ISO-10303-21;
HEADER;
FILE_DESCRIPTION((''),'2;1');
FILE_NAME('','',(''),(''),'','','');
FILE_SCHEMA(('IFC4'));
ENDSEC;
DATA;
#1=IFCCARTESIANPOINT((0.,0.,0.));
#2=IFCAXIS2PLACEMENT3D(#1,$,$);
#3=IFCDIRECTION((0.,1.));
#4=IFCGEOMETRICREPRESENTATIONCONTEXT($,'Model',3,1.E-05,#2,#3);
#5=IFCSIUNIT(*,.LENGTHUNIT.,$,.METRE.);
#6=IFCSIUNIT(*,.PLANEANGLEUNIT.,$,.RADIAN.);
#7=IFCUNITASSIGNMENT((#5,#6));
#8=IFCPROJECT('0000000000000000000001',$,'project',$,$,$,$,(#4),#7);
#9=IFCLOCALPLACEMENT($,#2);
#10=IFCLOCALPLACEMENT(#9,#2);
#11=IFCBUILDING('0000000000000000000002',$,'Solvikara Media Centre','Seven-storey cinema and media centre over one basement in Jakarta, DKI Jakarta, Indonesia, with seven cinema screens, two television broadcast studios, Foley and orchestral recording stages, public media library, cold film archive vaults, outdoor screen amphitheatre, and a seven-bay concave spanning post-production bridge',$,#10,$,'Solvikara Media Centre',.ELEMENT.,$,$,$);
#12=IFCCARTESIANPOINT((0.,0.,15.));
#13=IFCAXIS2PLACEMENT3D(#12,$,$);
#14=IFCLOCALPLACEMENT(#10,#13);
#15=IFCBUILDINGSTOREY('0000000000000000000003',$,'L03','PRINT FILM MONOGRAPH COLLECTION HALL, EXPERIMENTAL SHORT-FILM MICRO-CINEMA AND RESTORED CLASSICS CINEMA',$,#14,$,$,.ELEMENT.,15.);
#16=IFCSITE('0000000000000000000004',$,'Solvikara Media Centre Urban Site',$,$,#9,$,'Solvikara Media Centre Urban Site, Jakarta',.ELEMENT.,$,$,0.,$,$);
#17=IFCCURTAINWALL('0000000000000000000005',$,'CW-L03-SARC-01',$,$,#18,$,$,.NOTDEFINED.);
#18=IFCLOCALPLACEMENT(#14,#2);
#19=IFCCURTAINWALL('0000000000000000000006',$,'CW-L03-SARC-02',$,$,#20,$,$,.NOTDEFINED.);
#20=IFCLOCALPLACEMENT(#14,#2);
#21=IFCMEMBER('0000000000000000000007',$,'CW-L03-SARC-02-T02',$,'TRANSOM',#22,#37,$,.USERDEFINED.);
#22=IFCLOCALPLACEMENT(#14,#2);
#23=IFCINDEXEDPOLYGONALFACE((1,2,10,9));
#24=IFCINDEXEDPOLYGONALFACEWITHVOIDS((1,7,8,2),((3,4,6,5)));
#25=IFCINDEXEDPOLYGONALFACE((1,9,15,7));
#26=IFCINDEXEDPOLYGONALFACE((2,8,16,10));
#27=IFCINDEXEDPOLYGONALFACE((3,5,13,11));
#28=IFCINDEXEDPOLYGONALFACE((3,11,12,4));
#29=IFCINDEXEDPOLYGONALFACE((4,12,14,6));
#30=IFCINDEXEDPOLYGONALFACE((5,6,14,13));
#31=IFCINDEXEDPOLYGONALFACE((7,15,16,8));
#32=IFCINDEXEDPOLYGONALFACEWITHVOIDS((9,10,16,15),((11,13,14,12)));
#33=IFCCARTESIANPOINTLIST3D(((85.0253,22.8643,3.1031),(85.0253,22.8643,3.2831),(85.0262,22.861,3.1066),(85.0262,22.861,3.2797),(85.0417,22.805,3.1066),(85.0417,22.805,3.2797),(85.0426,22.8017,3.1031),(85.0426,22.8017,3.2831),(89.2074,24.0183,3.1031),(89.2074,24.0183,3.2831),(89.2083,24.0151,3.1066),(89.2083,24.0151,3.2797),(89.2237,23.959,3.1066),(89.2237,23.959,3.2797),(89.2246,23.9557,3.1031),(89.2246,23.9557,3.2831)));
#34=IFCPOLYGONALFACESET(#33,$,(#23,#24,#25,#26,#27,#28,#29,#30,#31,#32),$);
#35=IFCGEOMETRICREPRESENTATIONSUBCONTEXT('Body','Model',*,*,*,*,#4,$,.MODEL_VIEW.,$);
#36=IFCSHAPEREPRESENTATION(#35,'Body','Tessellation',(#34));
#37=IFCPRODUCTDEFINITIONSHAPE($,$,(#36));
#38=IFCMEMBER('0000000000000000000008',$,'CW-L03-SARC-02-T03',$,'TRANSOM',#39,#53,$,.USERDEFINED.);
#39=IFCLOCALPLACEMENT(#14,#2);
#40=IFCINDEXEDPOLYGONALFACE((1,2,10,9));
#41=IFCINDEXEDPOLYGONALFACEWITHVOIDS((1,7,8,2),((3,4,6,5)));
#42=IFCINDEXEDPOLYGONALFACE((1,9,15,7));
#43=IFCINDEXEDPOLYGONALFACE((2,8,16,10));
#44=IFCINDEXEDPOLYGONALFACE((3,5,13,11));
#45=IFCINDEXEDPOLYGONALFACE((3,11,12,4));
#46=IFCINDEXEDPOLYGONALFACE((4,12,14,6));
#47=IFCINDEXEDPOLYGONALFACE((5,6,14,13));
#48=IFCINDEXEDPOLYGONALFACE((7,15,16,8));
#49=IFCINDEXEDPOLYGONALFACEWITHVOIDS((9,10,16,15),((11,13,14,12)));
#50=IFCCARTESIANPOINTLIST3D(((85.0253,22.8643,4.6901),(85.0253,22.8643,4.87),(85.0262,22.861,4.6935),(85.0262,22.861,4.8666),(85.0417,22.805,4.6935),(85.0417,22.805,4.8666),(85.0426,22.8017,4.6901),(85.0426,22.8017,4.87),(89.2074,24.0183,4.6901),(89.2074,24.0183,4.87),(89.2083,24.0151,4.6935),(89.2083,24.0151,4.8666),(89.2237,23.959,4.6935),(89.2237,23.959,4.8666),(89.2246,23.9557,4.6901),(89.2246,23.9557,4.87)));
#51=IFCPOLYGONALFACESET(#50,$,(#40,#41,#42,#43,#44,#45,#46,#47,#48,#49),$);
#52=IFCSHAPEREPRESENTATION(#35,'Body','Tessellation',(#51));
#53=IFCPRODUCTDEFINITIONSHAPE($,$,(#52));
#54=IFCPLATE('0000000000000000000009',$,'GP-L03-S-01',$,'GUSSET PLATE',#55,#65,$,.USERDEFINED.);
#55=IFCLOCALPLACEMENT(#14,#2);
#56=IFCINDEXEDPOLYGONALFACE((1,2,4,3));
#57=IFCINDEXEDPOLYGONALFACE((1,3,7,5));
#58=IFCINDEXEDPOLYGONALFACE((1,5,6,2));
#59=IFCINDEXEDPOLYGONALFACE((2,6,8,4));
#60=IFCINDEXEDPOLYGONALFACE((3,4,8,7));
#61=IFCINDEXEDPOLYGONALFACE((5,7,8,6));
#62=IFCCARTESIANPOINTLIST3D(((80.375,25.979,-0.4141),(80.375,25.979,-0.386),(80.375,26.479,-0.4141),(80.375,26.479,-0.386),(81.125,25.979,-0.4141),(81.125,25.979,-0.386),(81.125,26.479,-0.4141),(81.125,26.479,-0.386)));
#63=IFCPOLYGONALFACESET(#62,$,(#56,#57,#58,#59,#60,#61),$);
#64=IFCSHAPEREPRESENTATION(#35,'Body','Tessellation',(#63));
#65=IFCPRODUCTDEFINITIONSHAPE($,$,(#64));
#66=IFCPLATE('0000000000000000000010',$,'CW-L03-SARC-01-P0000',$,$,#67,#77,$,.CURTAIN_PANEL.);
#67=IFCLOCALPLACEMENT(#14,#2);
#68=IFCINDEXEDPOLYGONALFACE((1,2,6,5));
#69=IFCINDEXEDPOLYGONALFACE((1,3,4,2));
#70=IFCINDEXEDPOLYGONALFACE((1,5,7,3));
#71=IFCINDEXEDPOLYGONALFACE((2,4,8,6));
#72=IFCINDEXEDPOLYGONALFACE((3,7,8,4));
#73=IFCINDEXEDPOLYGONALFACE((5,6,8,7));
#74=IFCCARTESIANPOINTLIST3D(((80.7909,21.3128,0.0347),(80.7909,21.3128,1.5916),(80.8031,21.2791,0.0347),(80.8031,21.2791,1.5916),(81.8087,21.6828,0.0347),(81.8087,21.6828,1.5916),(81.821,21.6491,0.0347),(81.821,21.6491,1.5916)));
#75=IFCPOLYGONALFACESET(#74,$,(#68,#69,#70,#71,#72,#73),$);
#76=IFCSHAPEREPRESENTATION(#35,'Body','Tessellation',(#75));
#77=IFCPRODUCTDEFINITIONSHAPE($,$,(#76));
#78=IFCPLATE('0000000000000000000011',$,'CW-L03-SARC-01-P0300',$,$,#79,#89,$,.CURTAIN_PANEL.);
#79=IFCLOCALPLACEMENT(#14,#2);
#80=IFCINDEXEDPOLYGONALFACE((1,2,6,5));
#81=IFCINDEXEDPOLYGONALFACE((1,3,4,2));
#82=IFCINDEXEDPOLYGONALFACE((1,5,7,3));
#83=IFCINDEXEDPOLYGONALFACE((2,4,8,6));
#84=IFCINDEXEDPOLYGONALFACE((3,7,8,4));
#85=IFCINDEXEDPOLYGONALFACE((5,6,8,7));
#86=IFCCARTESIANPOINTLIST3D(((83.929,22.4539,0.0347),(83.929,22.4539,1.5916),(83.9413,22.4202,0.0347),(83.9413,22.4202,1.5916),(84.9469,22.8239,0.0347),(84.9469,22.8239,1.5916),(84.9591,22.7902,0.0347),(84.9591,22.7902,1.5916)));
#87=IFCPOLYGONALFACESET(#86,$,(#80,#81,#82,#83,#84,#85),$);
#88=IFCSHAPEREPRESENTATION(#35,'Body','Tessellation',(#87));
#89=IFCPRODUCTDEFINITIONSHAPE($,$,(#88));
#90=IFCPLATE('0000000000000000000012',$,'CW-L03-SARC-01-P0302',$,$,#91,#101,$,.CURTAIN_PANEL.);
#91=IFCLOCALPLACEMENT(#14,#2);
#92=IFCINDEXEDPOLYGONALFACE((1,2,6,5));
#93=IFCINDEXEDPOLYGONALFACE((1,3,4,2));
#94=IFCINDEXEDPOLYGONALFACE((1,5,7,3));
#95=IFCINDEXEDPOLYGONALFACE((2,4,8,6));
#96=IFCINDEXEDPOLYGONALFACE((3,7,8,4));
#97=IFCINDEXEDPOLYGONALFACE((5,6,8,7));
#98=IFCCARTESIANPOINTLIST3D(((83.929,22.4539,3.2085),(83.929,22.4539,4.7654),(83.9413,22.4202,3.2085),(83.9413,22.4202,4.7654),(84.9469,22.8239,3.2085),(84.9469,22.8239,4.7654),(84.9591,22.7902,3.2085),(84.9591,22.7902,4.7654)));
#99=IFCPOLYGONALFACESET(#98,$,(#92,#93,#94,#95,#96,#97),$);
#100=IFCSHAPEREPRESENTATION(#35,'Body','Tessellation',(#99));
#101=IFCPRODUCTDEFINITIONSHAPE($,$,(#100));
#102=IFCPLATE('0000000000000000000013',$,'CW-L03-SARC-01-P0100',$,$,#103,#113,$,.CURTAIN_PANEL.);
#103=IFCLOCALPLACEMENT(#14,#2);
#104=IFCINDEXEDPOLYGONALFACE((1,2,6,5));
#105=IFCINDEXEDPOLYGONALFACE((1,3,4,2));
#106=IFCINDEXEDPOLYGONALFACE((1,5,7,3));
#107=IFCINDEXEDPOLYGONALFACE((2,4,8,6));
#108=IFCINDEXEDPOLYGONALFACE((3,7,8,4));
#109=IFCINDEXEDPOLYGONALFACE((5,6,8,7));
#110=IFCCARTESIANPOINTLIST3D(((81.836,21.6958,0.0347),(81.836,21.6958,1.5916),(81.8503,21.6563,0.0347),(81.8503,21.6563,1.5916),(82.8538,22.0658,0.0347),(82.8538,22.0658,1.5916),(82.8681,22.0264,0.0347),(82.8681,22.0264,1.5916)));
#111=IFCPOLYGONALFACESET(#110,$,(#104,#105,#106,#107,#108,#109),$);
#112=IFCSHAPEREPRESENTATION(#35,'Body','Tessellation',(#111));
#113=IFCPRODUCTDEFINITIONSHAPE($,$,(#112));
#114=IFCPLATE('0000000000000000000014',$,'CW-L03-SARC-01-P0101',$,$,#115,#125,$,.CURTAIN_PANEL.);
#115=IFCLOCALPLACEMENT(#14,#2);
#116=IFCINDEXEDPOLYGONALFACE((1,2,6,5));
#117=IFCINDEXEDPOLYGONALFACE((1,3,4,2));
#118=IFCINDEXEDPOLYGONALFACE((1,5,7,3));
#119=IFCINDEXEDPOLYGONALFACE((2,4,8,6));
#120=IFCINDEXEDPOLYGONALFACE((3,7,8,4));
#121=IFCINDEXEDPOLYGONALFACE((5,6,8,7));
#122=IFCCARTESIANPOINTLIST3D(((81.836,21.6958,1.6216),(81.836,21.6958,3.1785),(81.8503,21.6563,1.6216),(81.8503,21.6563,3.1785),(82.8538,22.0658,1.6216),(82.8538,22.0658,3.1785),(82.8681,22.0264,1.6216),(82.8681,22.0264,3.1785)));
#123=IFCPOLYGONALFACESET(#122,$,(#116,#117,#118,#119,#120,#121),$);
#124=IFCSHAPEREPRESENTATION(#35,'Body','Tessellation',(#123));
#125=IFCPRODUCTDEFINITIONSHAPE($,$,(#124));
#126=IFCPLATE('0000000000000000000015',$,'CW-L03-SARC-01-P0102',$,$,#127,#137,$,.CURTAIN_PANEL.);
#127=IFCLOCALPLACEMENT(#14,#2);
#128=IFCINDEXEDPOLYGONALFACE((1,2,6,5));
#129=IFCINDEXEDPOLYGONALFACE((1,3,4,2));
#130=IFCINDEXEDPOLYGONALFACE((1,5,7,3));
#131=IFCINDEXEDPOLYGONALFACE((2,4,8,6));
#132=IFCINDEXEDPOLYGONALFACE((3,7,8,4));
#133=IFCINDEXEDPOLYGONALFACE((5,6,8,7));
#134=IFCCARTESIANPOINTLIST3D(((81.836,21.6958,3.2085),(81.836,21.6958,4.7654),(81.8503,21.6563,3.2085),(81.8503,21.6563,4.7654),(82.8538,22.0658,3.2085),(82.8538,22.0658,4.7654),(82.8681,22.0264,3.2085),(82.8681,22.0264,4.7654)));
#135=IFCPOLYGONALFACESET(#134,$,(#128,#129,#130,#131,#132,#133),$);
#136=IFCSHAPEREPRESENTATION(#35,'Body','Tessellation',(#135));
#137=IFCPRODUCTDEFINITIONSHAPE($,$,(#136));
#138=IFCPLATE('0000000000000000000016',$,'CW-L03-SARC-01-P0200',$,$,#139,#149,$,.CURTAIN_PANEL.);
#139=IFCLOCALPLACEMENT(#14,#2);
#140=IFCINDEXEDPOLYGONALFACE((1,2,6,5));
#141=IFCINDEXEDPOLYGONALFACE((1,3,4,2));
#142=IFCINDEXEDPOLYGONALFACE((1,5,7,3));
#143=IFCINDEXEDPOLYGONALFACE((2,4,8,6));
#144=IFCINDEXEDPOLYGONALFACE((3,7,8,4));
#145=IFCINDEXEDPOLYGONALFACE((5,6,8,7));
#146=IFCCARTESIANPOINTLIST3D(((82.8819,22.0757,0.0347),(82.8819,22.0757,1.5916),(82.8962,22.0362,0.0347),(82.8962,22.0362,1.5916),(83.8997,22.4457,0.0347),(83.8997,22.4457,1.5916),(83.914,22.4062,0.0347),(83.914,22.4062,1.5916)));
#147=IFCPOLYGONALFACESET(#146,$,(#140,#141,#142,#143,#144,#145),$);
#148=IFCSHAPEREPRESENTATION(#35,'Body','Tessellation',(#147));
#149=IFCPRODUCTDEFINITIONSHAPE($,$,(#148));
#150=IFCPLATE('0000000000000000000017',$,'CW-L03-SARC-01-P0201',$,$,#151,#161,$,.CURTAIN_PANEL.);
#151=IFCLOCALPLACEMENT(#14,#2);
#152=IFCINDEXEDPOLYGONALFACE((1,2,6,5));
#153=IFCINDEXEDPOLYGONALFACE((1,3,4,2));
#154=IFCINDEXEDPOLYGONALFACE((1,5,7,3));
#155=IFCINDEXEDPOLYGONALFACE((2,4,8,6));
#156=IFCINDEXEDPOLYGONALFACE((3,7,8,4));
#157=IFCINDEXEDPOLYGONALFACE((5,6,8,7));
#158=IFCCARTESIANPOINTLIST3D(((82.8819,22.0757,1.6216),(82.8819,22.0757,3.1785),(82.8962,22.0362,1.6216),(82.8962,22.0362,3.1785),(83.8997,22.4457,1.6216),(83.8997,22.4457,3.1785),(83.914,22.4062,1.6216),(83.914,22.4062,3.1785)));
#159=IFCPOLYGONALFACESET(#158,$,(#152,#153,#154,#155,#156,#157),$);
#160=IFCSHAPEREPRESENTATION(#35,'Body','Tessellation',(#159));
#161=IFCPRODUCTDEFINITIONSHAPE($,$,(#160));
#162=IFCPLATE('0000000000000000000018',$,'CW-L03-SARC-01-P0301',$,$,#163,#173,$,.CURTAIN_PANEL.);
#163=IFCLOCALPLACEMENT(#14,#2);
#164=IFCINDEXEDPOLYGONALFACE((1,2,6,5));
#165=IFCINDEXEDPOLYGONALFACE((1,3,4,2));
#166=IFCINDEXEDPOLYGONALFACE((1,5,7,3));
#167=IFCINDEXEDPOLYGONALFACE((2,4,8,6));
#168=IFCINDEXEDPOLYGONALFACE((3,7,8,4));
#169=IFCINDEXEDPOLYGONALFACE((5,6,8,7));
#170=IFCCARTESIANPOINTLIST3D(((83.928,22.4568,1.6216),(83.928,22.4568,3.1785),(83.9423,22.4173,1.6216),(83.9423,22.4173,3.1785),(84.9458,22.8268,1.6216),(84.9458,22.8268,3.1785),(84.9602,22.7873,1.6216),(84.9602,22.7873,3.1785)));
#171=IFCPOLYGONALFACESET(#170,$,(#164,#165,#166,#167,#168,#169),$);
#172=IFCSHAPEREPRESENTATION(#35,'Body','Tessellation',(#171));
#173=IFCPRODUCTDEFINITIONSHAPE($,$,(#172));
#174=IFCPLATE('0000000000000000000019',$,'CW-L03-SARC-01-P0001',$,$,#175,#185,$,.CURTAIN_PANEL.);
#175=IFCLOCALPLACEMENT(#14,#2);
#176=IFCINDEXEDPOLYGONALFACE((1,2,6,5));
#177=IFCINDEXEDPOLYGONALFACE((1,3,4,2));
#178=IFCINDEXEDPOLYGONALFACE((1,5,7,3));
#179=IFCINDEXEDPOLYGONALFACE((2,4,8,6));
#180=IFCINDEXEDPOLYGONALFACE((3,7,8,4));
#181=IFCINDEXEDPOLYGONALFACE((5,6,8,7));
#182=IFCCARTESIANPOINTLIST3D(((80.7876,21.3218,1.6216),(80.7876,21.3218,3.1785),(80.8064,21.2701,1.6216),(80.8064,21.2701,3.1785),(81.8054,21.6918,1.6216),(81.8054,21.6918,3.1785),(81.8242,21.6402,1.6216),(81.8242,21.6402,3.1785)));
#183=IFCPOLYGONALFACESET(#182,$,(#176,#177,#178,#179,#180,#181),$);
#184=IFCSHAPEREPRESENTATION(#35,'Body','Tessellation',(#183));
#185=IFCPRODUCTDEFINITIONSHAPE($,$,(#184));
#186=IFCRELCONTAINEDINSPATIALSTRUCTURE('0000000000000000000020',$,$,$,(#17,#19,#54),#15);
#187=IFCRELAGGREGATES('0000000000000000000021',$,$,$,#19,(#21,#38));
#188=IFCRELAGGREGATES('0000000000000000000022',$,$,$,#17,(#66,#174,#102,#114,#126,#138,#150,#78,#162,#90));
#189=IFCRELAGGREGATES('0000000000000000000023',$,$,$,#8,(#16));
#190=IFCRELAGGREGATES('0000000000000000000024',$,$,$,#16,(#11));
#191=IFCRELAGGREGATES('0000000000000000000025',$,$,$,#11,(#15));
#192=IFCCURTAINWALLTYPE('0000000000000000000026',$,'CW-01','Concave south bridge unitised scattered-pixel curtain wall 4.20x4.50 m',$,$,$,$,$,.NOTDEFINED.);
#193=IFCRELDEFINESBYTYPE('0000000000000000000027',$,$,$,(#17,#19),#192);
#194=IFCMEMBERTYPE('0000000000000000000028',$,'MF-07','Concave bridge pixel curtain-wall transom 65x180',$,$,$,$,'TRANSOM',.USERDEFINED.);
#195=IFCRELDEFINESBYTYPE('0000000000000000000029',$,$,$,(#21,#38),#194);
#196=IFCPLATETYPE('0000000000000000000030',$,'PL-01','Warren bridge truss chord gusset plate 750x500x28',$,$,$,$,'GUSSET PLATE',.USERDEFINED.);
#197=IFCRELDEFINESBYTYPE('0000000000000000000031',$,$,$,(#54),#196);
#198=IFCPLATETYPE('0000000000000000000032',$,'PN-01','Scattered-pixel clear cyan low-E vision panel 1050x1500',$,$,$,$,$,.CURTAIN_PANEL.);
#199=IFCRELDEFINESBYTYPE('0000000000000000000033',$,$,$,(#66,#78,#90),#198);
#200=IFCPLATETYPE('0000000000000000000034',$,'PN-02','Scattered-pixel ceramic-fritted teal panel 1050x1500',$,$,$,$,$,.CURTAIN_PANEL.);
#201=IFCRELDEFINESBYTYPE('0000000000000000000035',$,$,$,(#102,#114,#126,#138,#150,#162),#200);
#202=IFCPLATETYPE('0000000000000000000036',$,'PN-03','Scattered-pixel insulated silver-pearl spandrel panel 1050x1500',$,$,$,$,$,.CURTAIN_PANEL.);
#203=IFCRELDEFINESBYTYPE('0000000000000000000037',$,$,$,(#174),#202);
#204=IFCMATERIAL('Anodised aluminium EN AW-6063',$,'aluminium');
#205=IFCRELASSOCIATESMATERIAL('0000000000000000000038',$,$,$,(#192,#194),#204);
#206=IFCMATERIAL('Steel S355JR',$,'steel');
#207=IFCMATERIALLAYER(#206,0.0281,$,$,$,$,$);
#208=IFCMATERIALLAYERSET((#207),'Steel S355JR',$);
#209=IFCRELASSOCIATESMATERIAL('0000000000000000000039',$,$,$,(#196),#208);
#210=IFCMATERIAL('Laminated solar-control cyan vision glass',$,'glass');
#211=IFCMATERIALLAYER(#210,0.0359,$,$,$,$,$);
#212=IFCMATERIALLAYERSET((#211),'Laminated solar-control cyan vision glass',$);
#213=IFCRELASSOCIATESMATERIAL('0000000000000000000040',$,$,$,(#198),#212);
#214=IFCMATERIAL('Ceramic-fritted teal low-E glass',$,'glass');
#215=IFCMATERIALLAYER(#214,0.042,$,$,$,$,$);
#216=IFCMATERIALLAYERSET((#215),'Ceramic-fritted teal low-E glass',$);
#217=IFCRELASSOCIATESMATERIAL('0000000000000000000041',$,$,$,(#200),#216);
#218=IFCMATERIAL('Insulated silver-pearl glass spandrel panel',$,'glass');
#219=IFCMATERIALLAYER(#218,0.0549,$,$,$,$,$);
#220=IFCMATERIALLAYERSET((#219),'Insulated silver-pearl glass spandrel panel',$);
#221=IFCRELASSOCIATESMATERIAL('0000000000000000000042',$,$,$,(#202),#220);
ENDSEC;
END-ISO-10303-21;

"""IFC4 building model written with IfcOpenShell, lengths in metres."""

from ifc_helpers import new_model, si_unit, direction, frame, origin, origin_2d, place, context, subcontext, project, spatial, rectangle, hollow_rectangle, extrude, material, layer, layer_set, material_profile, profile_set, type_object, element, aggregate, save


model = new_model("IFC4")

# Units and contexts
model_context = context("Model", 3, precision=1e-05, world=origin(), true_north=direction((0.0, 1.0)))
body_context = subcontext(model_context, "Body", "Model", "MODEL_VIEW")
ifc_project = project(units=[si_unit("LENGTHUNIT", "METRE"), si_unit("PLANEANGLEUNIT", "RADIAN")], contexts=[model_context])

# Site, building, storey
site_placement = place(None, origin())
site = spatial("IfcSite", under=ifc_project, at=site_placement, Name="Solvikara Media Centre Urban Site", LongName="Solvikara Media Centre Urban Site, Jakarta", CompositionType="ELEMENT", RefElevation=0.0)
building_placement = place(site_placement, origin())
building = spatial("IfcBuilding", under=site, at=building_placement, Name="Solvikara Media Centre", Description="Seven-storey cinema and media centre over one basement in Jakarta, DKI Jakarta, Indonesia, with seven cinema screens, two television broadcast studios, Foley and orchestral recording stages, public media library, cold film archive vaults, outdoor screen amphitheatre, and a seven-bay concave spanning post-production bridge", LongName="Solvikara Media Centre", CompositionType="ELEMENT")
storey_placement = place(building_placement, frame((0.0, 0.0, 15.0)))
storey = spatial("IfcBuildingStorey", under=building, at=storey_placement, Name="L03", Description="PRINT FILM MONOGRAPH COLLECTION HALL, EXPERIMENTAL SHORT-FILM MICRO-CINEMA AND RESTORED CLASSICS CINEMA", CompositionType="ELEMENT", Elevation=15.0)

# Shared definitions
ifc_material_1 = material(Name="Steel S355JR", Category="steel")

# Curtain wall
ifc_material_2 = material(Name="Anodised aluminium EN AW-6063", Category="aluminium")
curtain_wall_type = type_object("IfcCurtainWallType", Name="CW-01", Description="Concave south bridge unitised scattered-pixel curtain wall 4.20x4.50 m", PredefinedType="NOTDEFINED", material=ifc_material_2)
curtain_wall_1_placement = place(storey_placement, origin())
curtain_wall_1 = element("IfcCurtainWall", 1, at=curtain_wall_1_placement, inside=storey, type_object=curtain_wall_type, Name="CW-L03-SARC-01", PredefinedType="NOTDEFINED")

# Curtain wall
curtain_wall_2_placement = place(storey_placement, origin())
curtain_wall_2 = element("IfcCurtainWall", 2, at=curtain_wall_2_placement, inside=storey, type_object=curtain_wall_type, Name="CW-L03-SARC-02", PredefinedType="NOTDEFINED")

# Members
ifc_material_profile_1 = material_profile(ifc_material_2, hollow_rectangle(XDim=0.0649, YDim=0.1799, WallThickness=0.0034, at=origin_2d()), Name="ALU-T 65x180x3.5")
ifc_profile_set_1 = profile_set([ifc_material_profile_1], Name="Anodised aluminium EN AW-6063")
member_type_1 = type_object("IfcMemberType", Name="MF-07", Description="Concave bridge pixel curtain-wall transom 65x180", ElementType="TRANSOM", PredefinedType="USERDEFINED", material=ifc_profile_set_1)
member_1_placement = place(storey_placement, frame((85.0339, 22.833, 3.1931), z_axis=(0.963971, 0.266007, 0.0), x_axis=(-0.266007, 0.963971, 0.0)))
member_1 = element("IfcMember", 3, at=member_1_placement, type_object=member_type_1, Name="CW-L03-SARC-02-T02", ObjectType="TRANSOM", PredefinedType="USERDEFINED", context=body_context, shape_type="SweptSolid", body=[
    extrude(hollow_rectangle(XDim=0.0649, YDim=0.1799, WallThickness=0.0034, at=origin_2d()), origin(), (0.0, 0.0, 1.0), 4.3384),
])
member_2_placement = place(storey_placement, frame((85.0339, 22.833, 4.78), z_axis=(0.963971, 0.266007, 0.0), x_axis=(-0.266007, 0.963971, 0.0)))
member_2 = element("IfcMember", 4, at=member_2_placement, type_object=member_type_1, Name="CW-L03-SARC-02-T03", ObjectType="TRANSOM", PredefinedType="USERDEFINED", context=body_context, shape_type="SweptSolid", body=[
    extrude(hollow_rectangle(XDim=0.0649, YDim=0.1799, WallThickness=0.0034, at=origin_2d()), origin(), (0.0, 0.0, 1.0), 4.3384),
])
aggregate(curtain_wall_2, [member_1, member_2])

# Plates
ifc_layer_1 = layer(ifc_material_1, 0.0281)
ifc_layer_set_1 = layer_set([ifc_layer_1], Name="Steel S355JR")
plate_type_1 = type_object("IfcPlateType", Name="PL-01", Description="Warren bridge truss chord gusset plate 750x500x28", ElementType="GUSSET PLATE", PredefinedType="USERDEFINED", material=ifc_layer_set_1)
plate_1_placement = place(storey_placement, frame((80.75, 26.229, -0.4141), z_axis=(0.0, 0.0, 1.0), x_axis=(1.0, 0.0, 0.0)))
element("IfcPlate", 5, at=plate_1_placement, inside=storey, type_object=plate_type_1, Name="GP-L03-S-01", ObjectType="GUSSET PLATE", PredefinedType="USERDEFINED", context=body_context, shape_type="SweptSolid", body=[
    extrude(rectangle(XDim=0.75, YDim=0.5, at=origin_2d()), origin(), (0.0, 0.0, 1.0), 0.0281),
])
ifc_material_3 = material(Name="Laminated solar-control cyan vision glass", Category="glass")
ifc_layer_2 = layer(ifc_material_3, 0.0359)
ifc_layer_set_2 = layer_set([ifc_layer_2], Name="Laminated solar-control cyan vision glass")
plate_type_2 = type_object("IfcPlateType", Name="PN-01", Description="Scattered-pixel clear cyan low-E vision panel 1050x1500", PredefinedType="CURTAIN_PANEL", material=ifc_layer_set_2)
plate_2_placement = place(storey_placement, frame((81.3059, 21.481, 0.0347), z_axis=(0.0, 0.0, 1.0), x_axis=(0.939824, 0.341659, 0.0)))
plate_2 = element("IfcPlate", 6, at=plate_2_placement, type_object=plate_type_2, Name="CW-L03-SARC-01-P0000", PredefinedType="CURTAIN_PANEL", context=body_context, shape_type="SweptSolid", body=[
    extrude(rectangle(XDim=1.083, YDim=0.0359, at=origin_2d()), origin(), (0.0, 0.0, 1.0), 1.5569),
])
plate_3_placement = place(storey_placement, frame((84.4441, 22.6221, 0.0347), z_axis=(0.0, 0.0, 1.0), x_axis=(0.939824, 0.341659, 0.0)))
plate_3 = element("IfcPlate", 7, at=plate_3_placement, type_object=plate_type_2, Name="CW-L03-SARC-01-P0300", PredefinedType="CURTAIN_PANEL", context=body_context, shape_type="SweptSolid", body=[
    extrude(rectangle(XDim=1.083, YDim=0.0359, at=origin_2d()), origin(), (0.0, 0.0, 1.0), 1.5569),
])
plate_4_placement = place(storey_placement, frame((84.4441, 22.6221, 3.2085), z_axis=(0.0, 0.0, 1.0), x_axis=(0.939824, 0.341659, 0.0)))
plate_4 = element("IfcPlate", 8, at=plate_4_placement, type_object=plate_type_2, Name="CW-L03-SARC-01-P0302", PredefinedType="CURTAIN_PANEL", context=body_context, shape_type="SweptSolid", body=[
    extrude(rectangle(XDim=1.083, YDim=0.0359, at=origin_2d()), origin(), (0.0, 0.0, 1.0), 1.5569),
])
ifc_material_4 = material(Name="Ceramic-fritted teal low-E glass", Category="glass")
ifc_layer_3 = layer(ifc_material_4, 0.042)
ifc_layer_set_3 = layer_set([ifc_layer_3], Name="Ceramic-fritted teal low-E glass")
plate_type_3 = type_object("IfcPlateType", Name="PN-02", Description="Scattered-pixel ceramic-fritted teal panel 1050x1500", PredefinedType="CURTAIN_PANEL", material=ifc_layer_set_3)
plate_5_placement = place(storey_placement, frame((82.3521, 21.8611, 0.0347), z_axis=(0.0, 0.0, 1.0), x_axis=(0.939824, 0.341659, 0.0)))
plate_5 = element("IfcPlate", 9, at=plate_5_placement, type_object=plate_type_3, Name="CW-L03-SARC-01-P0100", PredefinedType="CURTAIN_PANEL", context=body_context, shape_type="SweptSolid", body=[
    extrude(rectangle(XDim=1.083, YDim=0.042, at=origin_2d()), origin(), (0.0, 0.0, 1.0), 1.5569),
])
plate_6_placement = place(storey_placement, frame((82.3521, 21.8611, 1.6216), z_axis=(0.0, 0.0, 1.0), x_axis=(0.939824, 0.341659, 0.0)))
plate_6 = element("IfcPlate", 10, at=plate_6_placement, type_object=plate_type_3, Name="CW-L03-SARC-01-P0101", PredefinedType="CURTAIN_PANEL", context=body_context, shape_type="SweptSolid", body=[
    extrude(rectangle(XDim=1.083, YDim=0.042, at=origin_2d()), origin(), (0.0, 0.0, 1.0), 1.5569),
])
plate_7_placement = place(storey_placement, frame((82.3521, 21.8611, 3.2085), z_axis=(0.0, 0.0, 1.0), x_axis=(0.939824, 0.341659, 0.0)))
plate_7 = element("IfcPlate", 11, at=plate_7_placement, type_object=plate_type_3, Name="CW-L03-SARC-01-P0102", PredefinedType="CURTAIN_PANEL", context=body_context, shape_type="SweptSolid", body=[
    extrude(rectangle(XDim=1.083, YDim=0.042, at=origin_2d()), origin(), (0.0, 0.0, 1.0), 1.5569),
])
plate_8_placement = place(storey_placement, frame((83.3979, 22.241, 0.0347), z_axis=(0.0, 0.0, 1.0), x_axis=(0.939824, 0.341659, 0.0)))
plate_8 = element("IfcPlate", 12, at=plate_8_placement, type_object=plate_type_3, Name="CW-L03-SARC-01-P0200", PredefinedType="CURTAIN_PANEL", context=body_context, shape_type="SweptSolid", body=[
    extrude(rectangle(XDim=1.083, YDim=0.042, at=origin_2d()), origin(), (0.0, 0.0, 1.0), 1.5569),
])
plate_9_placement = place(storey_placement, frame((83.3979, 22.241, 1.6216), z_axis=(0.0, 0.0, 1.0), x_axis=(0.939824, 0.341659, 0.0)))
plate_9 = element("IfcPlate", 13, at=plate_9_placement, type_object=plate_type_3, Name="CW-L03-SARC-01-P0201", PredefinedType="CURTAIN_PANEL", context=body_context, shape_type="SweptSolid", body=[
    extrude(rectangle(XDim=1.083, YDim=0.042, at=origin_2d()), origin(), (0.0, 0.0, 1.0), 1.5569),
])
plate_10_placement = place(storey_placement, frame((84.4441, 22.6221, 1.6216), z_axis=(0.0, 0.0, 1.0), x_axis=(0.939824, 0.341659, 0.0)))
plate_10 = element("IfcPlate", 14, at=plate_10_placement, type_object=plate_type_3, Name="CW-L03-SARC-01-P0301", PredefinedType="CURTAIN_PANEL", context=body_context, shape_type="SweptSolid", body=[
    extrude(rectangle(XDim=1.083, YDim=0.042, at=origin_2d()), origin(), (0.0, 0.0, 1.0), 1.5569),
])
ifc_material_5 = material(Name="Insulated silver-pearl glass spandrel panel", Category="glass")
ifc_layer_4 = layer(ifc_material_5, 0.0549)
ifc_layer_set_4 = layer_set([ifc_layer_4], Name="Insulated silver-pearl glass spandrel panel")
plate_type_4 = type_object("IfcPlateType", Name="PN-03", Description="Scattered-pixel insulated silver-pearl spandrel panel 1050x1500", PredefinedType="CURTAIN_PANEL", material=ifc_layer_set_4)
plate_11_placement = place(storey_placement, frame((81.3059, 21.481, 1.6216), z_axis=(0.0, 0.0, 1.0), x_axis=(0.939824, 0.341659, 0.0)))
plate_11 = element("IfcPlate", 15, at=plate_11_placement, type_object=plate_type_4, Name="CW-L03-SARC-01-P0001", PredefinedType="CURTAIN_PANEL", context=body_context, shape_type="SweptSolid", body=[
    extrude(rectangle(XDim=1.083, YDim=0.0549, at=origin_2d()), origin(), (0.0, 0.0, 1.0), 1.5569),
])
aggregate(curtain_wall_1, [plate_2, plate_11, plate_5, plate_6, plate_7, plate_8, plate_9, plate_3, plate_10, plate_4])

save(model, "model.ifc")
